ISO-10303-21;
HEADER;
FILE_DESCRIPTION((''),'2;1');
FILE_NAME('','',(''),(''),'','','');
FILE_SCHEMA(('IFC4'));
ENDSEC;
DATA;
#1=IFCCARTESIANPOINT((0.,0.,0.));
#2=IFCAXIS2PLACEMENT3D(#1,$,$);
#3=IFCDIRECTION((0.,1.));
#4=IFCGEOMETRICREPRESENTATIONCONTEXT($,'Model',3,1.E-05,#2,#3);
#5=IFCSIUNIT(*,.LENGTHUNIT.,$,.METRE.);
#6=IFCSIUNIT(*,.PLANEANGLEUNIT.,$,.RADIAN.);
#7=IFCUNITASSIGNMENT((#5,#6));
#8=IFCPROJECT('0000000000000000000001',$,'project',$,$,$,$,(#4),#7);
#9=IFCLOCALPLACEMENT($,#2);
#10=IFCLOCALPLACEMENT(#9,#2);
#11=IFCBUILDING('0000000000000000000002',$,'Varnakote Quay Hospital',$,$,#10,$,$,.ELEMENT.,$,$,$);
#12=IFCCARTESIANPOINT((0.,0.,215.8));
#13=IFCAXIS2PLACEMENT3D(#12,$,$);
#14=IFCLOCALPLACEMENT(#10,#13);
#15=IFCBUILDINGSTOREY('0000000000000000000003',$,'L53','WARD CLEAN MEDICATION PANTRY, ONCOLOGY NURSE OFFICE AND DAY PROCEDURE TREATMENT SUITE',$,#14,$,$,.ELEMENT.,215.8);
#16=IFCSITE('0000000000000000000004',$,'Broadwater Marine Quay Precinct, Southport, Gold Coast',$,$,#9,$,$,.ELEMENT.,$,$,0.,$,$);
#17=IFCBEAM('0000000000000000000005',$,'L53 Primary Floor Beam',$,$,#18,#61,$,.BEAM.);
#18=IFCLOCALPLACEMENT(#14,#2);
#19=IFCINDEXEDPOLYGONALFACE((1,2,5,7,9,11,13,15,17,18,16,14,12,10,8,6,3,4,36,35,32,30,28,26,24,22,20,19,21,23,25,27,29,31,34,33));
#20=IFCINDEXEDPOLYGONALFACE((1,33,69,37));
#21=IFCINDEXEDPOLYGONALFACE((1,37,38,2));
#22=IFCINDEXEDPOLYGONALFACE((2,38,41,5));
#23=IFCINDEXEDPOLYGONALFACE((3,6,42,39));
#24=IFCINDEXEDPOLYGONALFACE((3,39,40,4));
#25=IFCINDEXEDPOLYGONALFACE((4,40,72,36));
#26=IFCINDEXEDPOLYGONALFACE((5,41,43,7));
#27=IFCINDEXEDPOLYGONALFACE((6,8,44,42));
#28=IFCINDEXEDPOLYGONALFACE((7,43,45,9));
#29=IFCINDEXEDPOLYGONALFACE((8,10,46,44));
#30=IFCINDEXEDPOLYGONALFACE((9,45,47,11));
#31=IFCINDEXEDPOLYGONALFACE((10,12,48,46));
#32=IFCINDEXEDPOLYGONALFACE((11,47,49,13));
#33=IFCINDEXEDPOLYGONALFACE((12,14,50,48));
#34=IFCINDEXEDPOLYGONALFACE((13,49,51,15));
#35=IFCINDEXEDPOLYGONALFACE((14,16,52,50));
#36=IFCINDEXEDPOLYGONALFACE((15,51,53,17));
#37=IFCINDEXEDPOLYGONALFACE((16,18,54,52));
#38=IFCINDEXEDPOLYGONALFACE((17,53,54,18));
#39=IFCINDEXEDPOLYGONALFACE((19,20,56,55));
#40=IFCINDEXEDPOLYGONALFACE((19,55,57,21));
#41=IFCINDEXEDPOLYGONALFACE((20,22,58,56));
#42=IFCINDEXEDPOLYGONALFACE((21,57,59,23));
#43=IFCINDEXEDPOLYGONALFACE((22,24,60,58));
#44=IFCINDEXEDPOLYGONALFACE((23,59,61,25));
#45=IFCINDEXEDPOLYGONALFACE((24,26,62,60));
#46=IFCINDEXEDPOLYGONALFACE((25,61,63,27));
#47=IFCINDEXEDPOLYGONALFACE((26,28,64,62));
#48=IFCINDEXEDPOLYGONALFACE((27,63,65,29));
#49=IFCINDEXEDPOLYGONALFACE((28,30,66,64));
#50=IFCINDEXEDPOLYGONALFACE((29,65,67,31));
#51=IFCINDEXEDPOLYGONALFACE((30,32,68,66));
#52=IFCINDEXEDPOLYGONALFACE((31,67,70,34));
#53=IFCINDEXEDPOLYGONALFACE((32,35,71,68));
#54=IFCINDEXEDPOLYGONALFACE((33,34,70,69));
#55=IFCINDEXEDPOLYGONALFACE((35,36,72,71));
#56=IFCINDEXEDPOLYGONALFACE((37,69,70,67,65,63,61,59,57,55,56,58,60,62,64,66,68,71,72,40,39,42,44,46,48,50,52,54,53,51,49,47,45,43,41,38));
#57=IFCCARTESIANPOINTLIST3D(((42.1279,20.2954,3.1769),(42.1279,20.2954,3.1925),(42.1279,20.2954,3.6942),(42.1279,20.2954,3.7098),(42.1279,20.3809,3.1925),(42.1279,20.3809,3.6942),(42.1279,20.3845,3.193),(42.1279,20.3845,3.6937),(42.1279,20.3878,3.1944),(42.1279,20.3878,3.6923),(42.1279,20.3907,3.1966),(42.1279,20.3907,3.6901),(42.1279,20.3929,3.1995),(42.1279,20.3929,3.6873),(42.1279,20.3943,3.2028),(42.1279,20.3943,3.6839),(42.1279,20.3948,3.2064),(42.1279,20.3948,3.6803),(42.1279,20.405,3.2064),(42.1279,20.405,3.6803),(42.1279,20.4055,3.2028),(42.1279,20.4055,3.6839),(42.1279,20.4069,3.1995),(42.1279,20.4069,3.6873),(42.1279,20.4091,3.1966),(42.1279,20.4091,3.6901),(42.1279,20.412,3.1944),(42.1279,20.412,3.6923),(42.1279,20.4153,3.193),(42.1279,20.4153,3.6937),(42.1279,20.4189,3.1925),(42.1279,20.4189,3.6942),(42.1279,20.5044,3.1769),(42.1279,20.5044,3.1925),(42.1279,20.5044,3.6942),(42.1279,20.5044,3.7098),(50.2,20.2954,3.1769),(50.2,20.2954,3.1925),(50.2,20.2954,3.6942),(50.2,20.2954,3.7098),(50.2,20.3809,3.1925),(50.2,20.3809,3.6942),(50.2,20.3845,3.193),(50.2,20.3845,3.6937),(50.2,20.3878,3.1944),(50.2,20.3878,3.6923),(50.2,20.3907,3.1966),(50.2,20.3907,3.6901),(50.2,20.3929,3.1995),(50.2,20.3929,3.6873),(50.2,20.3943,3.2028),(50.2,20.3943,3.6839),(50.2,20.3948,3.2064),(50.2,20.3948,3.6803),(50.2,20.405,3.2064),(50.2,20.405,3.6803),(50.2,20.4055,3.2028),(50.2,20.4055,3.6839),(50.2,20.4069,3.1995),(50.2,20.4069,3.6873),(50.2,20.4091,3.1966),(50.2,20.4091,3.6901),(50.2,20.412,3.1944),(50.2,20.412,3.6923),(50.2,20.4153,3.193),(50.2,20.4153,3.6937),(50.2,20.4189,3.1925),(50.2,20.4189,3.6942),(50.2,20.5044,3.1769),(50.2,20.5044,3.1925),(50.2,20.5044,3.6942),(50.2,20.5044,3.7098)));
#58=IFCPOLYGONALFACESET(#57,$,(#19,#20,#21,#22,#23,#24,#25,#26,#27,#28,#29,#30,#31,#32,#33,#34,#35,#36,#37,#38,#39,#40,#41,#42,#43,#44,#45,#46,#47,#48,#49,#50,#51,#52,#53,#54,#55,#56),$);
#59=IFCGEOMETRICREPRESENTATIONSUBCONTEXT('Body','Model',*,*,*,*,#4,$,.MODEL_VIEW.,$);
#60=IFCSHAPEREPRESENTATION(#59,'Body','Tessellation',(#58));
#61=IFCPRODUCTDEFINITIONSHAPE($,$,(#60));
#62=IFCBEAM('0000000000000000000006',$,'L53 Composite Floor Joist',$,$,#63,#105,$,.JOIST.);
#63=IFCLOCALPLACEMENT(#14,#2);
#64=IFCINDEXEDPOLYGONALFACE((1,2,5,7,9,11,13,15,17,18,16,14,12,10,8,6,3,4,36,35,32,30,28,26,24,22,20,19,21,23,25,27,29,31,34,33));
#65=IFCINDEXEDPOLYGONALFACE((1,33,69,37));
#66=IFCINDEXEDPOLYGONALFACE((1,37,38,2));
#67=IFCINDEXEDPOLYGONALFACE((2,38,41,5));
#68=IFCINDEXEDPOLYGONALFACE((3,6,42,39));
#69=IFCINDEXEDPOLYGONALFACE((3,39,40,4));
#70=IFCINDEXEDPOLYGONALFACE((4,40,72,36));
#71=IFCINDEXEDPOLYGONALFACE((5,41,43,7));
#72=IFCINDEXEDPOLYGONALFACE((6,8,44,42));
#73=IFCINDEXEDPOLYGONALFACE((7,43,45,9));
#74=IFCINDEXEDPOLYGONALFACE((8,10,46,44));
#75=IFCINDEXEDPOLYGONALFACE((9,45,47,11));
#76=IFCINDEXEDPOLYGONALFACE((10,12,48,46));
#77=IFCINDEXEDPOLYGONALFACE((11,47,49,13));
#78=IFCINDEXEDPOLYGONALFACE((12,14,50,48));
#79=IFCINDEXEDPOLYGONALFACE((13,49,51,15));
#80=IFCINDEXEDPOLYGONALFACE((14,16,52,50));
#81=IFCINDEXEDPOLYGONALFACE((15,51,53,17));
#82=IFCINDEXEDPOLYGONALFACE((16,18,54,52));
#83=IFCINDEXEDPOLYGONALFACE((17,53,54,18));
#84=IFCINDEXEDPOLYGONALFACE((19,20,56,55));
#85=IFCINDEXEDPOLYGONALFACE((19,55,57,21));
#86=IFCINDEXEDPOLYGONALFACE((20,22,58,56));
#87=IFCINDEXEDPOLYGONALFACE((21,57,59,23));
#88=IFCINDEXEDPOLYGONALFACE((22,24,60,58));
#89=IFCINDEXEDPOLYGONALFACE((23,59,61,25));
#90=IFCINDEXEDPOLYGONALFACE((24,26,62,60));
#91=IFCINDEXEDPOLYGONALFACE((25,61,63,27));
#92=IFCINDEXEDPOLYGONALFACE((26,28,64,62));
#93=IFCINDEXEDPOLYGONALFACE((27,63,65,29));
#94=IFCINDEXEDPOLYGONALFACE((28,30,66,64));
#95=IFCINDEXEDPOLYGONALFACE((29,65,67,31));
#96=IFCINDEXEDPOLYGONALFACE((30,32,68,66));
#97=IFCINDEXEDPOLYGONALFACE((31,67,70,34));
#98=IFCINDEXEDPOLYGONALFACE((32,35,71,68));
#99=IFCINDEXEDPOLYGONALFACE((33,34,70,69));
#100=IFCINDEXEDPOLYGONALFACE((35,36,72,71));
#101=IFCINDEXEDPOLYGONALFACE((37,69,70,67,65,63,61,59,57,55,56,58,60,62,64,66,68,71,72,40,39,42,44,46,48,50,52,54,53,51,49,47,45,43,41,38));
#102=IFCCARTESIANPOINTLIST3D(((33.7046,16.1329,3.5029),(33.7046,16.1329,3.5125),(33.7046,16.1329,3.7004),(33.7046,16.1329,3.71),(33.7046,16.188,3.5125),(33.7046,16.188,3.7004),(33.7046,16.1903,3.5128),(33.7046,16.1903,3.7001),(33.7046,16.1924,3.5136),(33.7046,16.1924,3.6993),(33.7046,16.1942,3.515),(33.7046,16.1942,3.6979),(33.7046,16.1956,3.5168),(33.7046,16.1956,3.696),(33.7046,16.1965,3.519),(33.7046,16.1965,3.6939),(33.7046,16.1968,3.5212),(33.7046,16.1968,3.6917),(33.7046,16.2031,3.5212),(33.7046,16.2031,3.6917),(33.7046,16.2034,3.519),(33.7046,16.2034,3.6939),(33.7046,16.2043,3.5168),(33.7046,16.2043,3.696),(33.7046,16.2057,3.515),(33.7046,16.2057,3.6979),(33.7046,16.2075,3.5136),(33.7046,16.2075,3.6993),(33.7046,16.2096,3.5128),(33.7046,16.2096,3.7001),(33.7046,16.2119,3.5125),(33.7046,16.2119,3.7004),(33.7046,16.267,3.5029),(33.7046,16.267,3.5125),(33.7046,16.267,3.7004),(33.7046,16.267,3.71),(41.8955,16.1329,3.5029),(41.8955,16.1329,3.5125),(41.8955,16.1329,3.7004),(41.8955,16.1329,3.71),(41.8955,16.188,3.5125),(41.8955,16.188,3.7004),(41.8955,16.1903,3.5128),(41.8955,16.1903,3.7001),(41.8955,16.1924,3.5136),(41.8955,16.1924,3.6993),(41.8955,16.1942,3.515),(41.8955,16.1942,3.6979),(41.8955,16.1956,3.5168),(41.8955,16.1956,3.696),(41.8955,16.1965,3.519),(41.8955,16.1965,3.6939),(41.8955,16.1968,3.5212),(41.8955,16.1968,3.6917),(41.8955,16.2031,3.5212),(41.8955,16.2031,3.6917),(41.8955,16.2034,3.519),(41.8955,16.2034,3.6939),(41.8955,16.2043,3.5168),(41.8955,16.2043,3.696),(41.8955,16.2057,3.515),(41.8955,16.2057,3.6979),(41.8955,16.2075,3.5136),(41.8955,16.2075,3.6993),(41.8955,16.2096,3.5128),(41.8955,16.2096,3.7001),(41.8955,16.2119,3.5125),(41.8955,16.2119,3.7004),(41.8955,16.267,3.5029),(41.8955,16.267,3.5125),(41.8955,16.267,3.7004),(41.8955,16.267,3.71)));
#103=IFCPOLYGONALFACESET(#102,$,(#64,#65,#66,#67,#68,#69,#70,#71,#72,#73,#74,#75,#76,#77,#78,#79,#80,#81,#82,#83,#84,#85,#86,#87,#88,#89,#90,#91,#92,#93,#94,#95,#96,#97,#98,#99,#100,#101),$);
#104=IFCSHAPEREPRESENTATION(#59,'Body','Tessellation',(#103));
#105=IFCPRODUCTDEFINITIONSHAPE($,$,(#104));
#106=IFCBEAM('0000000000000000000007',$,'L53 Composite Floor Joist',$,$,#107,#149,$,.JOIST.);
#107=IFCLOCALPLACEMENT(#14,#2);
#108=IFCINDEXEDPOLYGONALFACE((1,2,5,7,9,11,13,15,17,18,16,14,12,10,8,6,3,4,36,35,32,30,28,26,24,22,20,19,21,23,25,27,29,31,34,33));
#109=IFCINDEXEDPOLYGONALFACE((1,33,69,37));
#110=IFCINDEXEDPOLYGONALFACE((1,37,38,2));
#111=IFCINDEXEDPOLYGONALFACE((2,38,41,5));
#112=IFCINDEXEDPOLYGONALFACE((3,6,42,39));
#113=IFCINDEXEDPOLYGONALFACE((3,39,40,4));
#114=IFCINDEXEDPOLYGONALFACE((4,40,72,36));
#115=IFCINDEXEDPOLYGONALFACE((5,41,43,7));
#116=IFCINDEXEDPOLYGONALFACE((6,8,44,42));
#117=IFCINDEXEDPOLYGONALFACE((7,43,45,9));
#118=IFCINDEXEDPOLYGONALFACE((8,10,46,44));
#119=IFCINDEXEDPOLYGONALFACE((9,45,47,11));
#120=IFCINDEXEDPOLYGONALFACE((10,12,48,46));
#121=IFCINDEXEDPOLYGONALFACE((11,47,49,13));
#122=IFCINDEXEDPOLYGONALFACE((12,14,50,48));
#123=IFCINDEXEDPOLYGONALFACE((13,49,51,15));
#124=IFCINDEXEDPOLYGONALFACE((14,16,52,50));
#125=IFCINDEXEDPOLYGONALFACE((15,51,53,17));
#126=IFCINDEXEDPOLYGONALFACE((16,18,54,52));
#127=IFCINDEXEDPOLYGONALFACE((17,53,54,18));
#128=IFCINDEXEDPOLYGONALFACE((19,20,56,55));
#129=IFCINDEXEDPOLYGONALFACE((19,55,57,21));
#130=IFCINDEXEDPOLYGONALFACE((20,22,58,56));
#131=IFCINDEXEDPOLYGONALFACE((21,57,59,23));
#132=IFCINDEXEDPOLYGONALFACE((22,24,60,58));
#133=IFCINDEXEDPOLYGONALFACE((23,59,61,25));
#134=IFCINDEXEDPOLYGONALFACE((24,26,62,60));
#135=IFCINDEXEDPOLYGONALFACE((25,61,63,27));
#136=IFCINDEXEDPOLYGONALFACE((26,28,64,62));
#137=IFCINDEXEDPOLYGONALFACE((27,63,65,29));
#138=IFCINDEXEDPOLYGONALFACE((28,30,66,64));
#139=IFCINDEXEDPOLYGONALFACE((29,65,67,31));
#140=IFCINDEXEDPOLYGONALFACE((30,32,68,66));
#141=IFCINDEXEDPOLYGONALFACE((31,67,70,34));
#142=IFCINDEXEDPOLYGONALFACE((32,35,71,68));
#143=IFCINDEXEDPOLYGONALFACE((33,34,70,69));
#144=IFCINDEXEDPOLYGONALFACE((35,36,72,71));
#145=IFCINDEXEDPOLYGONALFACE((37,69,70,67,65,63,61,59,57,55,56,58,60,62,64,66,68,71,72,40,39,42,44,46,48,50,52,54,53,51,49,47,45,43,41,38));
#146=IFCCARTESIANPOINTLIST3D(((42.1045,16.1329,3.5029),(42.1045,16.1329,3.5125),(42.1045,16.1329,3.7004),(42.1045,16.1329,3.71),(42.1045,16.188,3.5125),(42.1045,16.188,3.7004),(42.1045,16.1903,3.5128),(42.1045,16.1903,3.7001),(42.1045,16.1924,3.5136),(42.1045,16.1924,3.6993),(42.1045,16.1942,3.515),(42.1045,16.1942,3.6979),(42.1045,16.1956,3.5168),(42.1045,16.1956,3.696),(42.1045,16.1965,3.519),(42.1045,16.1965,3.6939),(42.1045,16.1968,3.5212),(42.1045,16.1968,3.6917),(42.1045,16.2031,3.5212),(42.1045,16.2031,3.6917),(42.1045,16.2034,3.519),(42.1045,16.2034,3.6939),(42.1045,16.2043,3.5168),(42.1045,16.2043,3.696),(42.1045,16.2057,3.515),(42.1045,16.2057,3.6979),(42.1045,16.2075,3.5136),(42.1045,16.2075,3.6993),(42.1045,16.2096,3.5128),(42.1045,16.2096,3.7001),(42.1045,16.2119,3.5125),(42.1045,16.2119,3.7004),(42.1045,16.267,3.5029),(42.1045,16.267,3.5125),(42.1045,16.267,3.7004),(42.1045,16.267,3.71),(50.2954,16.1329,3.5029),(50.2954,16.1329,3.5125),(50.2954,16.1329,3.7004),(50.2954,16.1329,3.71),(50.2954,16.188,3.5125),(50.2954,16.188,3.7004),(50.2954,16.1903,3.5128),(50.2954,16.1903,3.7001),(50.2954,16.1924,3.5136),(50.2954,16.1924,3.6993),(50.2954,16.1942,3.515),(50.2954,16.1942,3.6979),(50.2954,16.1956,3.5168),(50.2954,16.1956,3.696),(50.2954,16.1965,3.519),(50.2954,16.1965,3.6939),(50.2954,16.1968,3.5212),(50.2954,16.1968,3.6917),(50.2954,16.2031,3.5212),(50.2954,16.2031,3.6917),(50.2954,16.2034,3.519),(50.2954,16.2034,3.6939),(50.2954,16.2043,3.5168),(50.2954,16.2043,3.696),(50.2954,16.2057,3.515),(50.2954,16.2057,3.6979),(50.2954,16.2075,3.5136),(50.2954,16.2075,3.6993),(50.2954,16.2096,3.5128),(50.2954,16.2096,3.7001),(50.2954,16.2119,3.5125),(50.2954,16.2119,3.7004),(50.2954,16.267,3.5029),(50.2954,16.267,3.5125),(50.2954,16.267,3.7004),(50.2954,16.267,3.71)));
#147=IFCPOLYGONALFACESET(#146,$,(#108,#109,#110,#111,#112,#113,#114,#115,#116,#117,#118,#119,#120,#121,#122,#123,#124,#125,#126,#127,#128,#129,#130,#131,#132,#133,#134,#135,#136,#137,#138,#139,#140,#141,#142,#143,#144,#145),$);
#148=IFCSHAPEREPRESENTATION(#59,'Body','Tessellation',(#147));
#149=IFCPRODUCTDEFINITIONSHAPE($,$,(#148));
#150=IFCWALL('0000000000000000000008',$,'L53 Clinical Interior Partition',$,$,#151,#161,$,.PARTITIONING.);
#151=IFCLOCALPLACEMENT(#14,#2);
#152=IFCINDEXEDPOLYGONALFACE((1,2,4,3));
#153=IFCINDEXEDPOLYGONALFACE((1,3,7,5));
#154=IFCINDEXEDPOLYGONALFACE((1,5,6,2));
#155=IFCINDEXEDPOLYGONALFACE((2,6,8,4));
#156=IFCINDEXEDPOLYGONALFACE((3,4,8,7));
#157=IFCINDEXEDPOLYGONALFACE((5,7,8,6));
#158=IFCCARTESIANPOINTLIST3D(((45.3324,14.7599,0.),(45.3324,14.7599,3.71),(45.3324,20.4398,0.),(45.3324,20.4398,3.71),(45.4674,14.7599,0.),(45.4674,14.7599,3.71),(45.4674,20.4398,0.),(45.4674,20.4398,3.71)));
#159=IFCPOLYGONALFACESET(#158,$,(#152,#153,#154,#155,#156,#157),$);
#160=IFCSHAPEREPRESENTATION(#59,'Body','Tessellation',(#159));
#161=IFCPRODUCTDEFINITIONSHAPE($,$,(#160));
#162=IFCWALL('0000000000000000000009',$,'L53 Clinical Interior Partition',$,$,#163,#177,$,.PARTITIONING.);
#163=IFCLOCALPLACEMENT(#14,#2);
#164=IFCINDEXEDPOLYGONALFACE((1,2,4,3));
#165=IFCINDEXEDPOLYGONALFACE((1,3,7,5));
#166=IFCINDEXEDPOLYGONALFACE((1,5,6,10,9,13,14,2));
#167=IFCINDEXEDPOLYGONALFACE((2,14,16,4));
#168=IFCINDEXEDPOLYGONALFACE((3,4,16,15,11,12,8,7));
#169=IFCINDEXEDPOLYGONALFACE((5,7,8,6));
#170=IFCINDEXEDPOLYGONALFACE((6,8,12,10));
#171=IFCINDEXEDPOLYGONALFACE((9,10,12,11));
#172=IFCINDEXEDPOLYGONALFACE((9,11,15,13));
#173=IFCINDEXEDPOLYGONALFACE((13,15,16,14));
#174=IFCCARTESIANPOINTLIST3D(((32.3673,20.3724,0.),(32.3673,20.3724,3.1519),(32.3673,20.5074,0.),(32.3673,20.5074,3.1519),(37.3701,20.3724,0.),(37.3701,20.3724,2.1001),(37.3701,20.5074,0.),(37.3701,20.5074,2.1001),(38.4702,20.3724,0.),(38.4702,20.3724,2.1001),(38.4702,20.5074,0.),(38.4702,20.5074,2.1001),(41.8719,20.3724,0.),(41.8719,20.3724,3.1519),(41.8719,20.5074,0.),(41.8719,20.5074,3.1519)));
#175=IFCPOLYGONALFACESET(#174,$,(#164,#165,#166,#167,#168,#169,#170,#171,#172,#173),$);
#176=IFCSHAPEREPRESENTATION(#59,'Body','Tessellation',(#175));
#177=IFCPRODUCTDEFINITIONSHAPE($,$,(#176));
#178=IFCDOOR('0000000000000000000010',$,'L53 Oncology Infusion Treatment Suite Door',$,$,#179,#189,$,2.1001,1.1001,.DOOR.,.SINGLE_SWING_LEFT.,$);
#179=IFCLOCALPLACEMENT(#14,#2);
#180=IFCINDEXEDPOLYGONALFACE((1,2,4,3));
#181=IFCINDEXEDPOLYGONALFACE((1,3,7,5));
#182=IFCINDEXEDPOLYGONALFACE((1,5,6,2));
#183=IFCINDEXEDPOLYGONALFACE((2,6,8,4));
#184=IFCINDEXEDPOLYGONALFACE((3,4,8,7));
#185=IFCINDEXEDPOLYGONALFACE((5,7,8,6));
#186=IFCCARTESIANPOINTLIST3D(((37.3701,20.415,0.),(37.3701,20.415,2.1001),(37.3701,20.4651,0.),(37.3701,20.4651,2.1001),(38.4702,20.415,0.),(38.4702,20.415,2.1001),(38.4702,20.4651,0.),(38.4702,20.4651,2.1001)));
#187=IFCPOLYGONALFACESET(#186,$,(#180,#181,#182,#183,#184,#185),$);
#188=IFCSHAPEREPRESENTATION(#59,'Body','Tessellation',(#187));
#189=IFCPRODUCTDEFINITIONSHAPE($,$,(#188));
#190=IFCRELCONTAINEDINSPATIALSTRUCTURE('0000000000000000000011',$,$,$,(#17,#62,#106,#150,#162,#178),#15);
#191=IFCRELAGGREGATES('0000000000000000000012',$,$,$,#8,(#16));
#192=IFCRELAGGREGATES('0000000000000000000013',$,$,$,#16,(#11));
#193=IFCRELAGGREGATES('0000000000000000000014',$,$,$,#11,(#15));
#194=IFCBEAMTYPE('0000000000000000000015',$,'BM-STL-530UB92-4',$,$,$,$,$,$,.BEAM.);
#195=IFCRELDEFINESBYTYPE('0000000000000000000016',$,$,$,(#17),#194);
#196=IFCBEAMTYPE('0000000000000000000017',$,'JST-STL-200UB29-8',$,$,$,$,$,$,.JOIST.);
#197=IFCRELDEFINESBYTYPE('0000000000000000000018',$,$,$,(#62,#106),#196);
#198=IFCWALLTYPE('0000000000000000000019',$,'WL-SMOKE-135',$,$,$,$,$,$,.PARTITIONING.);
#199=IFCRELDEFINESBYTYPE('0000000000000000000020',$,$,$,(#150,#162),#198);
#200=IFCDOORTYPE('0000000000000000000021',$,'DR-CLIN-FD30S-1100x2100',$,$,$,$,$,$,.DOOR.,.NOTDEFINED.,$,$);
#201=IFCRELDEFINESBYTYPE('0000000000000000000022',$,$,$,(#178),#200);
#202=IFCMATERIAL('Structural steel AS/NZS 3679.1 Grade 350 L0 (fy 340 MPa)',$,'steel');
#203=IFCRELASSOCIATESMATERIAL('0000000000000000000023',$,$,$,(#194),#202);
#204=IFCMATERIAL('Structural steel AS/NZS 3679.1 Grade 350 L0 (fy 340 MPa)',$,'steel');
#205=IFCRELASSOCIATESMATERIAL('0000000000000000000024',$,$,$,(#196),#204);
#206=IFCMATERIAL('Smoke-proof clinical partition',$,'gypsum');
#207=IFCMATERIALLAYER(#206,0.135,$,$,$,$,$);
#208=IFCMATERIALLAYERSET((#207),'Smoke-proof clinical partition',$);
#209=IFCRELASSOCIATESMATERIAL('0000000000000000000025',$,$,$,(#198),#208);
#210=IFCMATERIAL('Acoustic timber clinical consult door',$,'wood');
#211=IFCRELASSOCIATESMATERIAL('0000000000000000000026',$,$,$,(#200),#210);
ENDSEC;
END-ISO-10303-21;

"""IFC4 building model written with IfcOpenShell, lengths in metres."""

from ifc_helpers import new_model, si_unit, direction, frame, frame_2d, origin, origin_2d, place, context, subcontext, project, spatial, rectangle, i_section, extrude, material, layer, layer_set, material_profile, profile_set, type_object, element, fill, save


model = new_model("IFC4")

# Units and contexts
model_context = context("Model", 3, precision=1e-05, world=origin(), true_north=direction((0.0, 1.0)))
body_context = subcontext(model_context, "Body", "Model", "MODEL_VIEW")
ifc_project = project(units=[si_unit("LENGTHUNIT", "METRE"), si_unit("PLANEANGLEUNIT", "RADIAN")], contexts=[model_context])

# Site, building, storey
site_placement = place(None, origin())
site = spatial("IfcSite", under=ifc_project, at=site_placement, Name="Broadwater Marine Quay Precinct, Southport, Gold Coast", CompositionType="ELEMENT", RefElevation=0.0)
building_placement = place(site_placement, origin())
building = spatial("IfcBuilding", under=site, at=building_placement, Name="Varnakote Quay Hospital", CompositionType="ELEMENT")
storey_placement = place(building_placement, frame((0.0, 0.0, 215.8)))
storey = spatial("IfcBuildingStorey", under=building, at=storey_placement, Name="L53", Description="WARD CLEAN MEDICATION PANTRY, ONCOLOGY NURSE OFFICE AND DAY PROCEDURE TREATMENT SUITE", CompositionType="ELEMENT", Elevation=215.8)

# Beams
ifc_material_1 = material(Name="Structural steel AS/NZS 3679.1 Grade 350 L0 (fy 340 MPa)", Category="steel")
ifc_material_profile_1 = material_profile(ifc_material_1, i_section(OverallWidth=0.209, OverallDepth=0.533, WebThickness=0.0103, FlangeThickness=0.0156, FilletRadius=0.0139, at=origin_2d()), Name="530UB92.4")
ifc_profile_set_1 = profile_set([ifc_material_profile_1], Name="Structural steel AS/NZS 3679.1 Grade 350 L0 (fy 340 MPa)")
beam_type_1 = type_object("IfcBeamType", Name="BM-STL-530UB92-4", PredefinedType="BEAM", material=ifc_profile_set_1)
for number, where, z_axis, x_axis, name in (
    (1, (42.1279, 20.3999, 3.4434), (1.0, 0.0, 0.0), (0.0, 1.0, 0.0), "L53 Primary Floor Beam"),
):
    element("IfcBeam", number, at=place(storey_placement, frame(where, z_axis=z_axis, x_axis=x_axis)), inside=storey, type_object=beam_type_1, Name=name, PredefinedType="BEAM", context=body_context, shape_type="SweptSolid", body=[
        extrude(i_section(OverallWidth=0.209, OverallDepth=0.533, WebThickness=0.0103, FlangeThickness=0.0156, FilletRadius=0.0139, at=origin_2d()), origin(), (0.0, 0.0, 1.0), 8.072),
    ])
ifc_material_2 = material(Name="Structural steel AS/NZS 3679.1 Grade 350 L0 (fy 340 MPa)", Category="steel")
ifc_material_profile_2 = material_profile(ifc_material_2, i_section(OverallWidth=0.134, OverallDepth=0.207, WebThickness=0.0063, FlangeThickness=0.0095, FilletRadius=0.0088, at=origin_2d()), Name="200UB29.8")
ifc_profile_set_2 = profile_set([ifc_material_profile_2], Name="Structural steel AS/NZS 3679.1 Grade 350 L0 (fy 340 MPa)")
beam_type_2 = type_object("IfcBeamType", Name="JST-STL-200UB29-8", PredefinedType="JOIST", material=ifc_profile_set_2)
for number, where, z_axis, x_axis, name in (
    (2, (33.7046, 16.2, 3.6064), (1.0, 0.0, 0.0), (0.0, 1.0, 0.0), "L53 Composite Floor Joist"),
    (3, (42.1045, 16.2, 3.6064), (1.0, 0.0, 0.0), (0.0, 1.0, 0.0), "L53 Composite Floor Joist"),
):
    element("IfcBeam", number, at=place(storey_placement, frame(where, z_axis=z_axis, x_axis=x_axis)), inside=storey, type_object=beam_type_2, Name=name, PredefinedType="JOIST", context=body_context, shape_type="SweptSolid", body=[
        extrude(i_section(OverallWidth=0.134, OverallDepth=0.207, WebThickness=0.0063, FlangeThickness=0.0095, FilletRadius=0.0088, at=origin_2d()), origin(), (0.0, 0.0, 1.0), 8.1909),
    ])

# Wall
ifc_material_3 = material(Name="Smoke-proof clinical partition", Category="gypsum")
ifc_layer_1 = layer(ifc_material_3, 0.135)
ifc_layer_set_1 = layer_set([ifc_layer_1], Name="Smoke-proof clinical partition")
wall_type_1 = type_object("IfcWallType", Name="WL-SMOKE-135", PredefinedType="PARTITIONING", material=ifc_layer_set_1)
wall_1_placement = place(storey_placement, frame((45.3999, 14.76, 0.0), z_axis=(0.0, 0.0, 1.0), x_axis=(0.0, 1.0, 0.0)))
element("IfcWall", 4, at=wall_1_placement, inside=storey, type_object=wall_type_1, Name="L53 Clinical Interior Partition", PredefinedType="PARTITIONING", context=body_context, shape_type="SweptSolid", body=[
    extrude(rectangle(XDim=5.6799, YDim=0.135, at=frame_2d((2.8398, 0.0))), origin(), (0.0, 0.0, 1.0), 3.71),
])

# Wall, opening, door
wall_2_placement = place(storey_placement, frame((41.8721, 20.4399, 0.0), z_axis=(0.0, 0.0, 1.0), x_axis=(-1.0, 0.0, 0.0)))
wall_2 = element("IfcWall", 5, at=wall_2_placement, inside=storey, type_object=wall_type_1, Name="L53 Clinical Interior Partition", PredefinedType="PARTITIONING", context=body_context, shape_type="SweptSolid", body=[
    extrude(rectangle(XDim=9.5046, YDim=0.135, at=frame_2d((4.7524, 0.0))), origin(), (0.0, 0.0, 1.0), 3.1519),
])
opening_1_placement = place(wall_2_placement, frame((3.4019, 0.0, 0.0)))
opening_1 = element("IfcOpeningElement", 6, at=opening_1_placement, cuts=wall_2, PredefinedType="OPENING", context=body_context, shape_type="SweptSolid", body=[
    extrude(rectangle(XDim=1.1001, YDim=2.1001, at=frame_2d((0.55, 1.05))), frame((0.0, 0.0774, 0.0), z_axis=(0.0, -1.0, 0.0), x_axis=(1.0, 0.0, 0.0)), (0.0, 0.0, 1.0), 0.155),
])
ifc_material_4 = material(Name="Acoustic timber clinical consult door", Category="wood")
door_type = type_object("IfcDoorType", Name="DR-CLIN-FD30S-1100x2100", OperationType="NOTDEFINED", PredefinedType="DOOR", material=ifc_material_4)
door_1_placement = place(opening_1_placement, origin())
door_1 = element("IfcDoor", 7, at=door_1_placement, inside=storey, type_object=door_type, Name="L53 Oncology Infusion Treatment Suite Door", OperationType="SINGLE_SWING_LEFT", OverallHeight=2.1001, OverallWidth=1.1001, PredefinedType="DOOR", context=body_context, shape_type="SweptSolid", body=[
    extrude(rectangle(XDim=1.1001, YDim=2.1001, at=frame_2d((0.55, 1.05))), frame((0.0, 0.0249, 0.0), z_axis=(0.0, -1.0, 0.0), x_axis=(1.0, 0.0, 0.0)), (0.0, 0.0, 1.0), 0.05),
])
fill(opening_1, door_1)

save(model, "model.ifc")
